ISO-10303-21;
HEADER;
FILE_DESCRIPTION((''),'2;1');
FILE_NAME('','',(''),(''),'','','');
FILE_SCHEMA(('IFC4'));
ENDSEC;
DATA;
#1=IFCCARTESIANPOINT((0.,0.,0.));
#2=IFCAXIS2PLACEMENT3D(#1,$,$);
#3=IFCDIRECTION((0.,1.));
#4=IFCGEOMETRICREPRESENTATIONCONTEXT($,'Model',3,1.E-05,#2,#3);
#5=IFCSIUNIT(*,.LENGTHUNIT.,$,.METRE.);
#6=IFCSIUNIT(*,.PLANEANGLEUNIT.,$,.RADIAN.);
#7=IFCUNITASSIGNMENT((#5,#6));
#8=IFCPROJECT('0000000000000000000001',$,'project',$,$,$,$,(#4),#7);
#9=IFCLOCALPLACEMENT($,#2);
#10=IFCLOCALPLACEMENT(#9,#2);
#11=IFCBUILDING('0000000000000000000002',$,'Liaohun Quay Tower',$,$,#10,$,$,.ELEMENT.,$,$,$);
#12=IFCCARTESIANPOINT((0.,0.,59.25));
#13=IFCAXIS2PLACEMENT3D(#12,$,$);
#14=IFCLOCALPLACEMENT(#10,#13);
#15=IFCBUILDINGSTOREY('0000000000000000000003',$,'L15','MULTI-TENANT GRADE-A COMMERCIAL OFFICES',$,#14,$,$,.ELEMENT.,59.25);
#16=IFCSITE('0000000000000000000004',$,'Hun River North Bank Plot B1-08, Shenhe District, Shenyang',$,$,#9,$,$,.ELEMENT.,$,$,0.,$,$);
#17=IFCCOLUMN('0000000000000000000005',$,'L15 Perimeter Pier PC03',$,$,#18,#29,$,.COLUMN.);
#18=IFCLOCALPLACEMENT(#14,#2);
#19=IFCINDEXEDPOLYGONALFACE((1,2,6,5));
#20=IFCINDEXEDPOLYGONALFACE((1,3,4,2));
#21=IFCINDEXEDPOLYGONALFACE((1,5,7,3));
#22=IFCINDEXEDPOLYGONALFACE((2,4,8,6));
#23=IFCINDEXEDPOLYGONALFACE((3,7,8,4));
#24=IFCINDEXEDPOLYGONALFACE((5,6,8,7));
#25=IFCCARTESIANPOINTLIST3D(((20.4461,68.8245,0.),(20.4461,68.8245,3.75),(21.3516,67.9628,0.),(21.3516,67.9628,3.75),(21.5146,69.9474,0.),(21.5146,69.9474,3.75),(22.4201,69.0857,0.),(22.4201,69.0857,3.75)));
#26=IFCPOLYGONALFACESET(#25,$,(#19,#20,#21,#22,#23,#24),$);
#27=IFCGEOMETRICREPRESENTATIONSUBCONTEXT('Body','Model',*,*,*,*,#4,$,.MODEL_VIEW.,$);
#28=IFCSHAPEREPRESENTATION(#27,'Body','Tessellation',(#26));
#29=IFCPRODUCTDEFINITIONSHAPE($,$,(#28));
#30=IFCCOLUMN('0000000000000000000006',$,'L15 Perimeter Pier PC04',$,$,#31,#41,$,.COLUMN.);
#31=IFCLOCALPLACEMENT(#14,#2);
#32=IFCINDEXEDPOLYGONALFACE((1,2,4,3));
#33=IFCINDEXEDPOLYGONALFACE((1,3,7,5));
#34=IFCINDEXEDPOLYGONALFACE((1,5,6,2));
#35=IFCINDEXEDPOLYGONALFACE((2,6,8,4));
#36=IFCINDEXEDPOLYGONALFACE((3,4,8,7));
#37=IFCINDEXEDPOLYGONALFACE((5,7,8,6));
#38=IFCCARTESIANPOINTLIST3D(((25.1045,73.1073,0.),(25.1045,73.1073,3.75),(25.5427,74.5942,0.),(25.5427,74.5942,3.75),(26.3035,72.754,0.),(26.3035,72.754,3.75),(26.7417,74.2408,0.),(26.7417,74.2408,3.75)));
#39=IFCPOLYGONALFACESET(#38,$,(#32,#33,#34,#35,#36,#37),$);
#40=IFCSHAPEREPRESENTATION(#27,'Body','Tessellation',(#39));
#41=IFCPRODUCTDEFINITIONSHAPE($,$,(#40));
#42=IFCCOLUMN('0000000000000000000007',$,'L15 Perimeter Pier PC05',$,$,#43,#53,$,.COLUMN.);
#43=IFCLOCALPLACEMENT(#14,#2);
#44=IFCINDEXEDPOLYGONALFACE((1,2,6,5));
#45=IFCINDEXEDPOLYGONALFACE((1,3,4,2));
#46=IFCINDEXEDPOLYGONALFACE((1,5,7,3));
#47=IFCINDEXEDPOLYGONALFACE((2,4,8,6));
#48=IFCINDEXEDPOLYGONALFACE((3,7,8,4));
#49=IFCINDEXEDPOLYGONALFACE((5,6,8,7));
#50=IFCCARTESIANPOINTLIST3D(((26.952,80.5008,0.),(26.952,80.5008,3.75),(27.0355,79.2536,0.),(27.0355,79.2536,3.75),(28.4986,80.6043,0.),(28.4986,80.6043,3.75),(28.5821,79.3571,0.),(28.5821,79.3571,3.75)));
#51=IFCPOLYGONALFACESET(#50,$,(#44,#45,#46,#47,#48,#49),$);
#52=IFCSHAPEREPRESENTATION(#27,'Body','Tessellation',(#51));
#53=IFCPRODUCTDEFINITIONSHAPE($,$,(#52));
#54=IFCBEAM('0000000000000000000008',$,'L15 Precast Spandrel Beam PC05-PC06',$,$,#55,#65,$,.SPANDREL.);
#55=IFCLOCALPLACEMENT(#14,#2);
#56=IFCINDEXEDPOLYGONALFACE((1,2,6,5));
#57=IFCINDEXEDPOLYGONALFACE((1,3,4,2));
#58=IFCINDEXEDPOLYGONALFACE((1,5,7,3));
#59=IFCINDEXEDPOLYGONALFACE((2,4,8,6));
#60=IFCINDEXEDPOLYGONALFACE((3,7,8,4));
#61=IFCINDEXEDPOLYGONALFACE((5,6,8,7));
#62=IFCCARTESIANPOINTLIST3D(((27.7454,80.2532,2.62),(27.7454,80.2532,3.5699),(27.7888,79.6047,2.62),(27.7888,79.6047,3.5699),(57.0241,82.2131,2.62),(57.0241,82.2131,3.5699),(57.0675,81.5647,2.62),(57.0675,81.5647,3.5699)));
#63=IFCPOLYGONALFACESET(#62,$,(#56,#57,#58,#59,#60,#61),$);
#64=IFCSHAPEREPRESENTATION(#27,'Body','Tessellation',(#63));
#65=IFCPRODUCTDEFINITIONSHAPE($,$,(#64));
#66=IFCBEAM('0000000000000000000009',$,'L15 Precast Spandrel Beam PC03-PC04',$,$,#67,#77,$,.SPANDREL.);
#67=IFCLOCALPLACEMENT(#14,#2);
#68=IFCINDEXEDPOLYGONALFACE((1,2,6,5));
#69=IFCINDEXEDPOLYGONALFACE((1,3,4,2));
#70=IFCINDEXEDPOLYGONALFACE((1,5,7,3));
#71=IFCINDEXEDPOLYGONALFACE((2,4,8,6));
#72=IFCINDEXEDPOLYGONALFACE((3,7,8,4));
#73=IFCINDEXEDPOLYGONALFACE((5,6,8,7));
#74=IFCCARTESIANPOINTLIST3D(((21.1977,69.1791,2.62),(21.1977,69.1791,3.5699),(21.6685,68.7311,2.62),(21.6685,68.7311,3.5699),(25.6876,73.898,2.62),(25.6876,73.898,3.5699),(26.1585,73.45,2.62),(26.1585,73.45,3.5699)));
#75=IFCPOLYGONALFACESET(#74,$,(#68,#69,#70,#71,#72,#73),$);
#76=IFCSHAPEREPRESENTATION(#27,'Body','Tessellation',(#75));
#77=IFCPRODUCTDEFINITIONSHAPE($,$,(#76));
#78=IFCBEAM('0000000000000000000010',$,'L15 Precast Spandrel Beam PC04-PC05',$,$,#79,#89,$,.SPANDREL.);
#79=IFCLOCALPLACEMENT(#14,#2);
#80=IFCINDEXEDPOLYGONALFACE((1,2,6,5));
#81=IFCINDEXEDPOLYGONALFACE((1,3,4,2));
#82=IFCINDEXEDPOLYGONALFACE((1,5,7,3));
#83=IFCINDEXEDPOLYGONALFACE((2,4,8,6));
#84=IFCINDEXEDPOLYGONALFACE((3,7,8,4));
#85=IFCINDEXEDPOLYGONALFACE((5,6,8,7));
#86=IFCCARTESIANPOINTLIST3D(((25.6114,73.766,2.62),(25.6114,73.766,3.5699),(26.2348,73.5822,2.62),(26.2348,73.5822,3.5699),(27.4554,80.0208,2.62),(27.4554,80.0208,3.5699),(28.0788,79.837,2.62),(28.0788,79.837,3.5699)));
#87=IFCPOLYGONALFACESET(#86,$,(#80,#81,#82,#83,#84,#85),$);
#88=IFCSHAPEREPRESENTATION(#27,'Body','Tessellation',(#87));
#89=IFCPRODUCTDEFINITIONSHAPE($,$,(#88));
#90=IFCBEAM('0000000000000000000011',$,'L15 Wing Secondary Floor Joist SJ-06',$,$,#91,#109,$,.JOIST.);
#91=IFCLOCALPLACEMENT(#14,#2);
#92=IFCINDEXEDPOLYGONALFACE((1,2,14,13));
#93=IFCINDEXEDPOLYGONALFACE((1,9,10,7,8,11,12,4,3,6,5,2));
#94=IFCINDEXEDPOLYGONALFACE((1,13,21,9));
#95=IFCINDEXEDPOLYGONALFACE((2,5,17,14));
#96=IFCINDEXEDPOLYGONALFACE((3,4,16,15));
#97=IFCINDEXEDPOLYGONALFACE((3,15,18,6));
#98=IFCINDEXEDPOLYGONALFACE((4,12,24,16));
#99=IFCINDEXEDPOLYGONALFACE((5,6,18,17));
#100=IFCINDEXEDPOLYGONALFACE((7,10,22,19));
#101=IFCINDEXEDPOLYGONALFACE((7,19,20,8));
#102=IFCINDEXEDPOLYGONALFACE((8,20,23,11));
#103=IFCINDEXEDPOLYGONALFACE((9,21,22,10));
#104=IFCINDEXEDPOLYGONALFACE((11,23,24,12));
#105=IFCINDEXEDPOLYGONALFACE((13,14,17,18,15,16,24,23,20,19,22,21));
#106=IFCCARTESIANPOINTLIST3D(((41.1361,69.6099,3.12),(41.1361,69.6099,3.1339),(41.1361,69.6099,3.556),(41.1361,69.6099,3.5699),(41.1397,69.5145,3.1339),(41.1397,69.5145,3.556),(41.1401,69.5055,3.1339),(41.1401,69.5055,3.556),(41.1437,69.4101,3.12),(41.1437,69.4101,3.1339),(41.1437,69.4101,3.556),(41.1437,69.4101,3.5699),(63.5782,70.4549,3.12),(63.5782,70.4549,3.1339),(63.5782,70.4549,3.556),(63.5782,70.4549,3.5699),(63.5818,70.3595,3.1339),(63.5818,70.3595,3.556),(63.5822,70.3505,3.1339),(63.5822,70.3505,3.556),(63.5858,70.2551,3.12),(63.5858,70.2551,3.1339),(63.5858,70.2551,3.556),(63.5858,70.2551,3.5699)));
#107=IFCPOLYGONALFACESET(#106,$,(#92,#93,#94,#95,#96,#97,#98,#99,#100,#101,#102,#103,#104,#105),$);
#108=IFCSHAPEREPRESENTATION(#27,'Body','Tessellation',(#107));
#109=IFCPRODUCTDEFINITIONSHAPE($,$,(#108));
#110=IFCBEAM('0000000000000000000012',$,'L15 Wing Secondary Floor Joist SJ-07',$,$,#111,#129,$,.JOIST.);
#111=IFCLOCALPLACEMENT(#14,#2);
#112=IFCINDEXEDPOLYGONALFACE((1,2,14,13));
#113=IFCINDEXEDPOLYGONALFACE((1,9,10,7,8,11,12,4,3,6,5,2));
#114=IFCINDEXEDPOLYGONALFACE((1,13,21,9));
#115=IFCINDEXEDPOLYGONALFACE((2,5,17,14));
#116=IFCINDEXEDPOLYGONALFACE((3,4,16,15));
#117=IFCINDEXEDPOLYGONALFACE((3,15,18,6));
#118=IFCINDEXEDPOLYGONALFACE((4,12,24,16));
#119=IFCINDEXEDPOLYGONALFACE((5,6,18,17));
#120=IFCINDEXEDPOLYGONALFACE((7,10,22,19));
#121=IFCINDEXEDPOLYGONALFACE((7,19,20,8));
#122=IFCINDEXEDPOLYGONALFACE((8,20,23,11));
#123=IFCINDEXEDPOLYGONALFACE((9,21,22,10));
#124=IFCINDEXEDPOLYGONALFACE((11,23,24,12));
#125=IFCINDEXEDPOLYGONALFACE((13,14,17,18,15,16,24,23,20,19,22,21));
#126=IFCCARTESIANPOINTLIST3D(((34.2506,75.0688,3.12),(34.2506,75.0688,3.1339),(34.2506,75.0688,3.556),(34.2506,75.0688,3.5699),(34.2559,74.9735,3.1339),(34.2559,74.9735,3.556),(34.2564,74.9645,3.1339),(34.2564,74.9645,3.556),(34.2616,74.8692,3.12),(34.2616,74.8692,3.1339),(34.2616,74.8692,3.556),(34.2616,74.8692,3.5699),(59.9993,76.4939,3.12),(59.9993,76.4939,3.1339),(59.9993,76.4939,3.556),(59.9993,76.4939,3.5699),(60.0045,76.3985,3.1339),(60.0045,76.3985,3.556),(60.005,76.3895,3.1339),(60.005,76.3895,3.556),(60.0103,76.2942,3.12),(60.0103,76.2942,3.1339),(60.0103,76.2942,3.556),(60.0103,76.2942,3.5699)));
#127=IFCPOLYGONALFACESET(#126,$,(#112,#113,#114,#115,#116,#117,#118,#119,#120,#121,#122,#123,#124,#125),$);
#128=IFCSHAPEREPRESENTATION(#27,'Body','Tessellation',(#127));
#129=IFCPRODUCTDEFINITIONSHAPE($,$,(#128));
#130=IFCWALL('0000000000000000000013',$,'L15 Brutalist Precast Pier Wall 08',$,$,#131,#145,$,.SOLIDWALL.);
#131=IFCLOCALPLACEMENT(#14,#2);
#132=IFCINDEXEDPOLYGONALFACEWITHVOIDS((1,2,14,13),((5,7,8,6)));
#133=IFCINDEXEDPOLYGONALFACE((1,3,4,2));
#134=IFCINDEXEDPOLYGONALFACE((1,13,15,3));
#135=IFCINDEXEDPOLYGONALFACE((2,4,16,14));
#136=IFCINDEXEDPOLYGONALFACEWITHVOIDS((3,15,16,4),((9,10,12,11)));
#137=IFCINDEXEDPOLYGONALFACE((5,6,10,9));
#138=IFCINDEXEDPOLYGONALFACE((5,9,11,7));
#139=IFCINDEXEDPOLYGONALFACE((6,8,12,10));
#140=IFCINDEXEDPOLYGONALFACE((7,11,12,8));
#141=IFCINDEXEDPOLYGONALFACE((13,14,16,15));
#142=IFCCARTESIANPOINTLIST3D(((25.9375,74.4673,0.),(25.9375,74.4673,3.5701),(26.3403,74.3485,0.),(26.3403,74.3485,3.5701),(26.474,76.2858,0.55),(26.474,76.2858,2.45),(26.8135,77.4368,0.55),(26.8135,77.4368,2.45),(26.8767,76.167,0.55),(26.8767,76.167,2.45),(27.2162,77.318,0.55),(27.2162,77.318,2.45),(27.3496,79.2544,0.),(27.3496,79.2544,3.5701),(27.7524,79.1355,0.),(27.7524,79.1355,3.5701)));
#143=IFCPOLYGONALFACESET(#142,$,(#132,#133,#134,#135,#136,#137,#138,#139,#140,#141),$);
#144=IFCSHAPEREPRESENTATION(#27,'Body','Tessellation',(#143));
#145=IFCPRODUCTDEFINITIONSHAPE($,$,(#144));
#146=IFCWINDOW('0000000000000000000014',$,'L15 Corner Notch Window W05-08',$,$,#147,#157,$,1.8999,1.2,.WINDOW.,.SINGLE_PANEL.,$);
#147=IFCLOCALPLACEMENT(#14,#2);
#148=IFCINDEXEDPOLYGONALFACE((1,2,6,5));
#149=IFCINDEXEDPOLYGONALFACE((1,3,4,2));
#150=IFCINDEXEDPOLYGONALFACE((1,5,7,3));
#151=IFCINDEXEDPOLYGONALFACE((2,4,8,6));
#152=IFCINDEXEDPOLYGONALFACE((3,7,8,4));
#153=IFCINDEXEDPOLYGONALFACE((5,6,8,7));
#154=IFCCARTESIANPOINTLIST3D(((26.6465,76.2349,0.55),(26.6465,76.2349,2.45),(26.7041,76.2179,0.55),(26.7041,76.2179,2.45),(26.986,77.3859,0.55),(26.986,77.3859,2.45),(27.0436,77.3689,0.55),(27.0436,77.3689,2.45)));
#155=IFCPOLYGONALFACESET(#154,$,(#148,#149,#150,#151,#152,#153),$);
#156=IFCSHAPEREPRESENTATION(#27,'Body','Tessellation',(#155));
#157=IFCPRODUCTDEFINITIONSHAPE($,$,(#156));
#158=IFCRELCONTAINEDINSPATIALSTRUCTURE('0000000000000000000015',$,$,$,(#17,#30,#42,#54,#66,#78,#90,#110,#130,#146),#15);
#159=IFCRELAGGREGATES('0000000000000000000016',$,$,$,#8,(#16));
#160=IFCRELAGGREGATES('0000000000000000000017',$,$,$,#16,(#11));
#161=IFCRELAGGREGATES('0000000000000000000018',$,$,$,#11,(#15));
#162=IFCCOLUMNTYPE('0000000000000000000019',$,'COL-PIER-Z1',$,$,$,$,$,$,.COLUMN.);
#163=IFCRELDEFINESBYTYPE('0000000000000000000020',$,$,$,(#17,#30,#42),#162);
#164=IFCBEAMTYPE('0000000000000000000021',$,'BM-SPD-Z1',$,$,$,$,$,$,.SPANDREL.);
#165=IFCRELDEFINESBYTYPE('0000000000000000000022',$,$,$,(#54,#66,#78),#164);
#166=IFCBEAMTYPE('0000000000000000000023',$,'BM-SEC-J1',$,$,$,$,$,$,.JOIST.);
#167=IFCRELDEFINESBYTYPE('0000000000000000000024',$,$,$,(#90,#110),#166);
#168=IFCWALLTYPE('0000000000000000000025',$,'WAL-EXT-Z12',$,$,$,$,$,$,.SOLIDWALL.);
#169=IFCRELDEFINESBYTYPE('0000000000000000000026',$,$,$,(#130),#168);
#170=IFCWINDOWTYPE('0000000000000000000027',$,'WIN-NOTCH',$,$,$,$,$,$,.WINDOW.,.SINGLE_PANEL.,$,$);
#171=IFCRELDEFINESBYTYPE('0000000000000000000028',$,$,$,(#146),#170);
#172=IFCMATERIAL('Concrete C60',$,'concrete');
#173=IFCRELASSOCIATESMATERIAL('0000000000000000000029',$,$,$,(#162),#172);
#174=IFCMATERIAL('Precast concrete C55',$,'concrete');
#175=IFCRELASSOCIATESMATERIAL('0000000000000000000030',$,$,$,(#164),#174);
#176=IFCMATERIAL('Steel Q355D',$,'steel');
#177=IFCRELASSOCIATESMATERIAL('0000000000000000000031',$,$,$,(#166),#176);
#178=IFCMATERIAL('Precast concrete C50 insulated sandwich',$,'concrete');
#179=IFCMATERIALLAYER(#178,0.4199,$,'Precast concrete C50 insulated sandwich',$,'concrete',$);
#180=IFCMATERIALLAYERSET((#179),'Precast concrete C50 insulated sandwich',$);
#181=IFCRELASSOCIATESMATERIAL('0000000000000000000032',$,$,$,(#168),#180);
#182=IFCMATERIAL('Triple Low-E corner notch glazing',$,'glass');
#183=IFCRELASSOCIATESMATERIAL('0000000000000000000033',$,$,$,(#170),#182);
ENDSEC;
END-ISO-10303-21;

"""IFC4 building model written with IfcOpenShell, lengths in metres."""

from ifc_helpers import new_model, si_unit, direction, frame, frame_2d, origin, origin_2d, place, context, subcontext, project, spatial, rectangle, i_section, extrude, source, transform, mapped, material, layer, layer_set, material_profile, profile_set, type_object, element, fill, save


model = new_model("IFC4")

# Units and contexts
model_context = context("Model", 3, precision=1e-05, world=origin(), true_north=direction((0.0, 1.0)))
body_context = subcontext(model_context, "Body", "Model", "MODEL_VIEW")
ifc_project = project(units=[si_unit("LENGTHUNIT", "METRE"), si_unit("PLANEANGLEUNIT", "RADIAN")], contexts=[model_context])

# Site, building, storey
site_placement = place(None, origin())
site = spatial("IfcSite", under=ifc_project, at=site_placement, Name="Hun River North Bank Plot B1-08, Shenhe District, Shenyang", CompositionType="ELEMENT", RefElevation=0.0)
building_placement = place(site_placement, origin())
building = spatial("IfcBuilding", under=site, at=building_placement, Name="Liaohun Quay Tower", CompositionType="ELEMENT")
storey_placement = place(building_placement, frame((0.0, 0.0, 59.25)))
storey = spatial("IfcBuildingStorey", under=building, at=storey_placement, Name="L15", Description="MULTI-TENANT GRADE-A COMMERCIAL OFFICES", CompositionType="ELEMENT", Elevation=59.25)

# Columns
ifc_material_1 = material(Name="Concrete C60", Category="concrete")
ifc_material_profile_1 = material_profile(ifc_material_1, rectangle(XDim=1.55, YDim=1.25, at=origin_2d()), Name="RC1550x1250")
ifc_profile_set_1 = profile_set([ifc_material_profile_1], Name="Concrete C60")
column_type = type_object("IfcColumnType", Name="COL-PIER-Z1", PredefinedType="COLUMN", material=ifc_profile_set_1)
shared_shape_1 = source(origin(), body_context, "Body", "SweptSolid", [
    extrude(rectangle(XDim=1.55, YDim=1.25, at=origin_2d()), origin(), (0.0, 0.0, 1.0), 3.75),
])
for number, where, z_axis, x_axis, name in (
    (1, (21.4331, 68.9551, 0.0), (0.0, 0.0, 1.0), (0.689367, 0.724413, 0.0), "L15 Perimeter Pier PC03"),
    (2, (25.9231, 73.6741, 0.0), (0.0, 0.0, 1.0), (0.282676, 0.959215, 0.0), "L15 Perimeter Pier PC04"),
    (3, (27.7671, 79.929, 0.0), (0.0, 0.0, 1.0), (0.997767, 0.066796, 0.0), "L15 Perimeter Pier PC05"),
):
    element("IfcColumn", number, at=place(storey_placement, frame(where, z_axis=z_axis, x_axis=x_axis)), inside=storey, type_object=column_type, Name=name, PredefinedType="COLUMN", context=body_context, shape_type="MappedRepresentation", body=[
        mapped(shared_shape_1, transform((0.0, 0.0, 0.0), x_axis=(1.0, 0.0, 0.0), y_axis=(0.0, 1.0, 0.0), z_axis=(0.0, 0.0, 1.0), scale=1.0)),
    ])

# Beams
ifc_material_2 = material(Name="Precast concrete C55", Category="concrete")
ifc_material_profile_2 = material_profile(ifc_material_2, rectangle(XDim=0.6499, YDim=0.95, at=origin_2d()), Name="RC650x950")
ifc_profile_set_2 = profile_set([ifc_material_profile_2], Name="Precast concrete C55")
beam_type_1 = type_object("IfcBeamType", Name="BM-SPD-Z1", PredefinedType="SPANDREL", material=ifc_profile_set_2)
shared_shape_2 = source(origin(), body_context, "Body", "SweptSolid", [
    extrude(rectangle(XDim=0.6499, YDim=0.95, at=origin_2d()), origin(), (0.0, 0.0, 1.0), 29.3442),
])
beam_1_placement = place(storey_placement, frame((27.7671, 79.929, 3.095), z_axis=(0.997767, 0.066792, 0.0), x_axis=(-0.066792, 0.997767, 0.0)))
element("IfcBeam", 4, at=beam_1_placement, inside=storey, type_object=beam_type_1, Name="L15 Precast Spandrel Beam PC05-PC06", PredefinedType="SPANDREL", context=body_context, shape_type="MappedRepresentation", body=[
    mapped(shared_shape_2, transform((0.0, 0.0, 0.0), x_axis=(1.0, 0.0, 0.0), y_axis=(0.0, 1.0, 0.0), z_axis=(0.0, 0.0, 1.0), scale=1.0)),
])
shared_shape_3 = source(origin(), body_context, "Body", "SweptSolid", [
    extrude(rectangle(XDim=0.6499, YDim=0.95, at=origin_2d()), origin(), (0.0, 0.0, 1.0), 6.5137),
])
beam_2_placement = place(storey_placement, frame((21.4331, 68.9551, 3.095), z_axis=(0.68931, 0.724467, 0.0), x_axis=(-0.724467, 0.68931, 0.0)))
element("IfcBeam", 5, at=beam_2_placement, inside=storey, type_object=beam_type_1, Name="L15 Precast Spandrel Beam PC03-PC04", PredefinedType="SPANDREL", context=body_context, shape_type="MappedRepresentation", body=[
    mapped(shared_shape_3, transform((0.0, 0.0, 0.0), x_axis=(1.0, 0.0, 0.0), y_axis=(0.0, 1.0, 0.0), z_axis=(0.0, 0.0, 1.0), scale=1.0)),
])
shared_shape_4 = source(origin(), body_context, "Body", "SweptSolid", [
    extrude(rectangle(XDim=0.6499, YDim=0.95, at=origin_2d()), origin(), (0.0, 0.0, 1.0), 6.521),
])
beam_3_placement = place(storey_placement, frame((25.9231, 73.6741, 3.095), z_axis=(0.282776, 0.959186, 0.0), x_axis=(-0.959186, 0.282776, 0.0)))
element("IfcBeam", 6, at=beam_3_placement, inside=storey, type_object=beam_type_1, Name="L15 Precast Spandrel Beam PC04-PC05", PredefinedType="SPANDREL", context=body_context, shape_type="MappedRepresentation", body=[
    mapped(shared_shape_4, transform((0.0, 0.0, 0.0), x_axis=(1.0, 0.0, 0.0), y_axis=(0.0, 1.0, 0.0), z_axis=(0.0, 0.0, 1.0), scale=1.0)),
])
ifc_material_3 = material(Name="Steel Q355D", Category="steel")
ifc_material_profile_3 = material_profile(ifc_material_3, i_section(OverallWidth=0.2, OverallDepth=0.45, WebThickness=0.009, FlangeThickness=0.0139, at=origin_2d()), Name="HN450x200x9x14")
ifc_profile_set_3 = profile_set([ifc_material_profile_3], Name="Steel Q355D")
beam_type_2 = type_object("IfcBeamType", Name="BM-SEC-J1", PredefinedType="JOIST", material=ifc_profile_set_3)
shared_shape_5 = source(origin(), body_context, "Body", "SweptSolid", [
    extrude(i_section(OverallWidth=0.2, OverallDepth=0.45, WebThickness=0.009, FlangeThickness=0.0139, at=origin_2d()), origin(), (0.0, 0.0, 1.0), 22.458),
])
beam_4_placement = place(storey_placement, frame((41.1399, 69.51, 3.345), z_axis=(0.999292, 0.037624, 0.0), x_axis=(-0.037624, 0.999292, 0.0)))
element("IfcBeam", 7, at=beam_4_placement, inside=storey, type_object=beam_type_2, Name="L15 Wing Secondary Floor Joist SJ-06", PredefinedType="JOIST", context=body_context, shape_type="MappedRepresentation", body=[
    mapped(shared_shape_5, transform((0.0, 0.0, 0.0), x_axis=(1.0, 0.0, 0.0), y_axis=(0.0, 1.0, 0.0), z_axis=(0.0, 0.0, 1.0), scale=1.0)),
])
shared_shape_6 = source(origin(), body_context, "Body", "SweptSolid", [
    extrude(i_section(OverallWidth=0.2, OverallDepth=0.45, WebThickness=0.009, FlangeThickness=0.0139, at=origin_2d()), origin(), (0.0, 0.0, 1.0), 25.7881),
])
beam_5_placement = place(storey_placement, frame((34.2561, 74.969, 3.345), z_axis=(0.998472, 0.05526, 0.0), x_axis=(-0.05526, 0.998472, 0.0)))
element("IfcBeam", 8, at=beam_5_placement, inside=storey, type_object=beam_type_2, Name="L15 Wing Secondary Floor Joist SJ-07", PredefinedType="JOIST", context=body_context, shape_type="MappedRepresentation", body=[
    mapped(shared_shape_6, transform((0.0, 0.0, 0.0), x_axis=(1.0, 0.0, 0.0), y_axis=(0.0, 1.0, 0.0), z_axis=(0.0, 0.0, 1.0), scale=1.0)),
])

# Wall, opening, window
ifc_material_4 = material(Name="Precast concrete C50 insulated sandwich", Category="concrete")
ifc_layer_1 = layer(ifc_material_4, 0.4199, Name="Precast concrete C50 insulated sandwich", Category="concrete")
ifc_layer_set_1 = layer_set([ifc_layer_1], Name="Precast concrete C50 insulated sandwich")
wall_type_1 = type_object("IfcWallType", Name="WAL-EXT-Z12", PredefinedType="SOLIDWALL", material=ifc_layer_set_1)
wall_1_placement = place(storey_placement, frame((27.551, 79.1951, 0.0), z_axis=(0.0, 0.0, 1.0), x_axis=(-0.282929, -0.959141, 0.0)))
wall_1 = element("IfcWall", 9, at=wall_1_placement, inside=storey, type_object=wall_type_1, Name="L15 Brutalist Precast Pier Wall 08", PredefinedType="SOLIDWALL", context=body_context, shape_type="SweptSolid", body=[
    extrude(rectangle(XDim=4.991, YDim=0.4199, at=frame_2d((2.4956, 0.0))), origin(), (0.0, 0.0, 1.0), 3.5701),
])
shared_shape_7 = source(origin(), body_context, "Body", "SweptSolid", [
    extrude(rectangle(XDim=1.2, YDim=1.8999, at=frame_2d((0.6001, 0.95))), frame((0.0, 0.22, 0.0), z_axis=(0.0, -1.0, 0.0), x_axis=(1.0, 0.0, 0.0)), (0.0, 0.0, 1.0), 0.4399),
])
opening_1_placement = place(wall_1_placement, frame((1.895, 0.0, 0.55)))
opening_1 = element("IfcOpeningElement", 10, at=opening_1_placement, cuts=wall_1, PredefinedType="OPENING", context=body_context, shape_type="MappedRepresentation", body=[
    mapped(shared_shape_7, transform((0.0, 0.0, 0.0), x_axis=(1.0, 0.0, 0.0), y_axis=(0.0, 1.0, 0.0), z_axis=(0.0, 0.0, 1.0), scale=1.0)),
])
ifc_material_5 = material(Name="Triple Low-E corner notch glazing", Category="glass")
window_type_1 = type_object("IfcWindowType", Name="WIN-NOTCH", PartitioningType="SINGLE_PANEL", PredefinedType="WINDOW", material=ifc_material_5)
shared_shape_8 = source(origin(), body_context, "Body", "SweptSolid", [
    extrude(rectangle(XDim=1.2, YDim=1.8999, at=frame_2d((0.6001, 0.95))), frame((0.0, 0.03, 0.0), z_axis=(0.0, -1.0, 0.0), x_axis=(1.0, 0.0, 0.0)), (0.0, 0.0, 1.0), 0.0601),
])
window_1_placement = place(opening_1_placement, origin())
window_1 = element("IfcWindow", 11, at=window_1_placement, inside=storey, type_object=window_type_1, Name="L15 Corner Notch Window W05-08", OverallHeight=1.8999, OverallWidth=1.2, PartitioningType="SINGLE_PANEL", PredefinedType="WINDOW", context=body_context, shape_type="MappedRepresentation", body=[
    mapped(shared_shape_8, transform((0.0, 0.0, 0.0), x_axis=(1.0, 0.0, 0.0), y_axis=(0.0, 1.0, 0.0), z_axis=(0.0, 0.0, 1.0), scale=1.0)),
])
fill(opening_1, window_1)

save(model, "model.ifc")
